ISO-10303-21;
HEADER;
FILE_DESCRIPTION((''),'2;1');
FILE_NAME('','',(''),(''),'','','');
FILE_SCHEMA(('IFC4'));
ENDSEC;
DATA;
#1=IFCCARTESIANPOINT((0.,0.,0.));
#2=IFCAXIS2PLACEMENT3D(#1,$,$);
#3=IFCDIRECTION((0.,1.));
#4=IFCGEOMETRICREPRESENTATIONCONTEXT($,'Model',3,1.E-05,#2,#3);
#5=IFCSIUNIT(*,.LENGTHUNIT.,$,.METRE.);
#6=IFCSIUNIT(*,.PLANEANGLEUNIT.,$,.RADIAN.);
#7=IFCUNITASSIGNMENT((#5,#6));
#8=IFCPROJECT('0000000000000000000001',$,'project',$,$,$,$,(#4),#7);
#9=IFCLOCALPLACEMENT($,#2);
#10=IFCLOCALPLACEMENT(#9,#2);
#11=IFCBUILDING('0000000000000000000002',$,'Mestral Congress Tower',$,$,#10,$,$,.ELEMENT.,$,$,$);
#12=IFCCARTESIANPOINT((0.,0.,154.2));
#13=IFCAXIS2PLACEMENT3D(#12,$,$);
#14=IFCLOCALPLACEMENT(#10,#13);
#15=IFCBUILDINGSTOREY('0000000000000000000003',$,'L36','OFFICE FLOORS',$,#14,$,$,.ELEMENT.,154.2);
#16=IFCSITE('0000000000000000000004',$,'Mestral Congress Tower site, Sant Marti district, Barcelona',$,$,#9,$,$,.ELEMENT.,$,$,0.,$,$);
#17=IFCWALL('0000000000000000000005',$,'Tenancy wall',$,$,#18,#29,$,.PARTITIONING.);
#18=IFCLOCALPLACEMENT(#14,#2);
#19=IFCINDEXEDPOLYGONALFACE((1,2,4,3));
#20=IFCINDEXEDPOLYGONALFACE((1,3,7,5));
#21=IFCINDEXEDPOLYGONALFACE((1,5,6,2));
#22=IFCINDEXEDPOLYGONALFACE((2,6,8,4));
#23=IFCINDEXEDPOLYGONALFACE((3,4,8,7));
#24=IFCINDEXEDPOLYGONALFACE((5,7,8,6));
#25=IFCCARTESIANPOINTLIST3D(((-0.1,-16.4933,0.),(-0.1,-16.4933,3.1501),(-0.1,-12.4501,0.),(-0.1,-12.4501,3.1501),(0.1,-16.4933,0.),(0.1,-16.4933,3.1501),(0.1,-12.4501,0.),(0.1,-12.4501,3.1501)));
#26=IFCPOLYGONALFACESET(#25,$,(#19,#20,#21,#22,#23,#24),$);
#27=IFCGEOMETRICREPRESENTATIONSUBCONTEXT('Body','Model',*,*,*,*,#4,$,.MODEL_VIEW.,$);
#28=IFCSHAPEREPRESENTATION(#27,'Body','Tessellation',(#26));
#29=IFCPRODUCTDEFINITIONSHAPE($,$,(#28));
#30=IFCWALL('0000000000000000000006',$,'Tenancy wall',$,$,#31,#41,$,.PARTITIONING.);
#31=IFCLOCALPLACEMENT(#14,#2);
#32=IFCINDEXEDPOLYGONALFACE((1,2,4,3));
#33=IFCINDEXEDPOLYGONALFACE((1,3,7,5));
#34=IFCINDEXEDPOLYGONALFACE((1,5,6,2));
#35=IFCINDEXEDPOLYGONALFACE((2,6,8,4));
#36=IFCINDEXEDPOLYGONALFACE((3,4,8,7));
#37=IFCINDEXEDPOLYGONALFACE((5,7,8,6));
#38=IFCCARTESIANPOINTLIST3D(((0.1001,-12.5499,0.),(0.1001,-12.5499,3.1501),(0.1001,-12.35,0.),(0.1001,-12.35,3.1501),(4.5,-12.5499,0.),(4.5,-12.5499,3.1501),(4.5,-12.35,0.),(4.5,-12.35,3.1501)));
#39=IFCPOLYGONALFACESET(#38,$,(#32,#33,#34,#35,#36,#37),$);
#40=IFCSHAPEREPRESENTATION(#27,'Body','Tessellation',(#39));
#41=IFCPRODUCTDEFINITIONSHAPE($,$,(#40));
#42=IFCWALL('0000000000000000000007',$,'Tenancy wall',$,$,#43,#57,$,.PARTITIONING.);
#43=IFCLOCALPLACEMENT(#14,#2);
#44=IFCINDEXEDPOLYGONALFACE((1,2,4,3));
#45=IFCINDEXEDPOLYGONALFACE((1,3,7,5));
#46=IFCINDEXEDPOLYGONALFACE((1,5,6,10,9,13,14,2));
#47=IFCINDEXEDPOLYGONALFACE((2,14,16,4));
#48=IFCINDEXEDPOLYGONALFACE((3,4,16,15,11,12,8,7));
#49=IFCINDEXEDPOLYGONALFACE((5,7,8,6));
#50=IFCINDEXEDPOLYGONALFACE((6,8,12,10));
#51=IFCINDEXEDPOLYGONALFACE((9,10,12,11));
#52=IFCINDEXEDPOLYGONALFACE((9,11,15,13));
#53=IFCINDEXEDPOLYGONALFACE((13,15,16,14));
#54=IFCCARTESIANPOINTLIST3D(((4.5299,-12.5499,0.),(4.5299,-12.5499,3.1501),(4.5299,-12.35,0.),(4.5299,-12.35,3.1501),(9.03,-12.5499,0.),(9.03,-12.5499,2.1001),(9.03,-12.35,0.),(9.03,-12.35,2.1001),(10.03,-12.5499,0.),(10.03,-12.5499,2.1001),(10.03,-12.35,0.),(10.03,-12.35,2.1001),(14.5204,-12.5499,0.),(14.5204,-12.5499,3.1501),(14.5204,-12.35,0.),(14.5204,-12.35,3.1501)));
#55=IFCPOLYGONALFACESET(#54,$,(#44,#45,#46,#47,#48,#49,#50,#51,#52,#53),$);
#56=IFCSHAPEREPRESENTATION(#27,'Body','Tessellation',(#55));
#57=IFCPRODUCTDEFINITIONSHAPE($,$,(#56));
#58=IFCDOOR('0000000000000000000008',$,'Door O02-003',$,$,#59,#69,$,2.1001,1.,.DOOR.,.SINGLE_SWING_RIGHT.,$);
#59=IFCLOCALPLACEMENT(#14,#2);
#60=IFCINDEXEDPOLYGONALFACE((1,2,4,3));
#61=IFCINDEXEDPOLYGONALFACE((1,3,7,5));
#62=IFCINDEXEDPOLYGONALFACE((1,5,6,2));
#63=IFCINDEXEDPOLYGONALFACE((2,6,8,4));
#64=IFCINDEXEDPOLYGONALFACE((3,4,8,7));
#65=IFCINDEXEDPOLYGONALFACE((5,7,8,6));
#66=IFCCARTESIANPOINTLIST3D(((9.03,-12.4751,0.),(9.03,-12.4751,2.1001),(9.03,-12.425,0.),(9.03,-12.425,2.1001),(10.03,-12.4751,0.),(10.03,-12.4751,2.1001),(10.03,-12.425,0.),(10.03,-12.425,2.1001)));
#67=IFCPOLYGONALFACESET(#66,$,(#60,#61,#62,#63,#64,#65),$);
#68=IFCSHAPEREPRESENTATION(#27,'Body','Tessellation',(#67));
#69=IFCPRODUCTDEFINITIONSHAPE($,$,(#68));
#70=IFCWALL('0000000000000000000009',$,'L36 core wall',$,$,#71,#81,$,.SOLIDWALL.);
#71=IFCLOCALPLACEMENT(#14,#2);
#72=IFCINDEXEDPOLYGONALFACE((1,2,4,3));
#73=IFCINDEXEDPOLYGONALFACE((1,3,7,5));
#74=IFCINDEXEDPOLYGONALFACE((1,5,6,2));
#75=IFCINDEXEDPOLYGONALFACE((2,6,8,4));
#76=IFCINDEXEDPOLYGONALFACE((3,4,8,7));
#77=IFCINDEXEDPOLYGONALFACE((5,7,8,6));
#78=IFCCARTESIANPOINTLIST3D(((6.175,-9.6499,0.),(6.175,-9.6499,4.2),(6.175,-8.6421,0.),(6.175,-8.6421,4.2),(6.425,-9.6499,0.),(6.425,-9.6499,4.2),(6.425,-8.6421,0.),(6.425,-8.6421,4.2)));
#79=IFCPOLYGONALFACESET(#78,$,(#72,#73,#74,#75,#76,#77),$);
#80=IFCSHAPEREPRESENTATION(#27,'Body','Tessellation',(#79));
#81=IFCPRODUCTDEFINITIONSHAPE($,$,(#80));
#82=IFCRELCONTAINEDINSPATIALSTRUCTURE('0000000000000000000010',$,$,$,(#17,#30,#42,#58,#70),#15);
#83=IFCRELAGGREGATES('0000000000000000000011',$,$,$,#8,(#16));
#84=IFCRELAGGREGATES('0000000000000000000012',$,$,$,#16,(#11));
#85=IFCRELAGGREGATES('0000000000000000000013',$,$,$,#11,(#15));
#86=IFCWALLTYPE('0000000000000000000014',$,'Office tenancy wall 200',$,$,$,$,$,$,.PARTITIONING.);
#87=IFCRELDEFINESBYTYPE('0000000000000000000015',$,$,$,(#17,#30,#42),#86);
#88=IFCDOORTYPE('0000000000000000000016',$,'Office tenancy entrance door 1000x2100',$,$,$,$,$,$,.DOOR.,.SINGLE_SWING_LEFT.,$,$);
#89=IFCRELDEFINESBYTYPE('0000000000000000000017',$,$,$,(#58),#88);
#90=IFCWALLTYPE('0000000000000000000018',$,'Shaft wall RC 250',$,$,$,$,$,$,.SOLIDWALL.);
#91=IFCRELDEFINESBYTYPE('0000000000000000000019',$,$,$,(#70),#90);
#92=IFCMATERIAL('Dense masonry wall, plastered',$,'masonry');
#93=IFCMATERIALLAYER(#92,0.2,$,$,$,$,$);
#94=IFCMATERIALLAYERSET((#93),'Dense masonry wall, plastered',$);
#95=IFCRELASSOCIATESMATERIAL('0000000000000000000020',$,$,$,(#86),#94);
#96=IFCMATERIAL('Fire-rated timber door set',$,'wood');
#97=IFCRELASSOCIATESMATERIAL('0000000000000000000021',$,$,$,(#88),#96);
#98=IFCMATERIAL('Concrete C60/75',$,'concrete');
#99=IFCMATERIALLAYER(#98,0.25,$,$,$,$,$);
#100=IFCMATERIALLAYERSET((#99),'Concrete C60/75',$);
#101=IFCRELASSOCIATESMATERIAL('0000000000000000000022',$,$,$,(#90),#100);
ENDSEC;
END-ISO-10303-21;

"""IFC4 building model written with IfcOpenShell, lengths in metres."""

from ifc_helpers import new_model, si_unit, direction, frame, frame_2d, origin, place, context, subcontext, project, spatial, rectangle, extrude, material, layer, layer_set, type_object, element, fill, save


model = new_model("IFC4")

# Units and contexts
model_context = context("Model", 3, precision=1e-05, world=origin(), true_north=direction((0.0, 1.0)))
body_context = subcontext(model_context, "Body", "Model", "MODEL_VIEW")
ifc_project = project(units=[si_unit("LENGTHUNIT", "METRE"), si_unit("PLANEANGLEUNIT", "RADIAN")], contexts=[model_context])

# Site, building, storey
site_placement = place(None, origin())
site = spatial("IfcSite", under=ifc_project, at=site_placement, Name="Mestral Congress Tower site, Sant Marti district, Barcelona", CompositionType="ELEMENT", RefElevation=0.0)
building_placement = place(site_placement, origin())
building = spatial("IfcBuilding", under=site, at=building_placement, Name="Mestral Congress Tower", CompositionType="ELEMENT")
storey_placement = place(building_placement, frame((0.0, 0.0, 154.2)))
storey = spatial("IfcBuildingStorey", under=building, at=storey_placement, Name="L36", Description="OFFICE FLOORS", CompositionType="ELEMENT", Elevation=154.2)

# Shared definitions
ifc_material_1 = material(Name="Concrete C60/75", Category="concrete")

# Walls
ifc_material_2 = material(Name="Dense masonry wall, plastered", Category="masonry")
ifc_layer_1 = layer(ifc_material_2, 0.2)
ifc_layer_set_1 = layer_set([ifc_layer_1], Name="Dense masonry wall, plastered")
wall_type_1 = type_object("IfcWallType", Name="Office tenancy wall 200", PredefinedType="PARTITIONING", material=ifc_layer_set_1)
wall_1_placement = place(storey_placement, frame((0.0, -16.4932, 0.0), z_axis=(0.0, 0.0, 1.0), x_axis=(0.0, 1.0, 0.0)))
element("IfcWall", 1, at=wall_1_placement, inside=storey, type_object=wall_type_1, Name="Tenancy wall", PredefinedType="PARTITIONING", context=body_context, shape_type="SweptSolid", body=[
    extrude(rectangle(XDim=4.0432, YDim=0.2, at=frame_2d((2.0215, 0.0))), origin(), (0.0, 0.0, 1.0), 3.1501),
])
wall_2_placement = place(storey_placement, frame((0.1001, -12.45, 0.0), z_axis=(0.0, 0.0, 1.0), x_axis=(1.0, 0.0, 0.0)))
element("IfcWall", 2, at=wall_2_placement, inside=storey, type_object=wall_type_1, Name="Tenancy wall", PredefinedType="PARTITIONING", context=body_context, shape_type="SweptSolid", body=[
    extrude(rectangle(XDim=4.3999, YDim=0.2, at=frame_2d((2.2, 0.0))), origin(), (0.0, 0.0, 1.0), 3.1501),
])

# Wall, opening, door
wall_3_placement = place(storey_placement, frame((4.53, -12.45, 0.0), z_axis=(0.0, 0.0, 1.0), x_axis=(1.0, 0.0, 0.0)))
wall_3 = element("IfcWall", 3, at=wall_3_placement, inside=storey, type_object=wall_type_1, Name="Tenancy wall", PredefinedType="PARTITIONING", context=body_context, shape_type="SweptSolid", body=[
    extrude(rectangle(XDim=9.9905, YDim=0.2, at=frame_2d((4.9951, 0.0))), origin(), (0.0, 0.0, 1.0), 3.1501),
])
opening_1_placement = place(wall_3_placement, frame((4.5, 0.0, 0.0)))
opening_1 = element("IfcOpeningElement", 4, at=opening_1_placement, cuts=wall_3, PredefinedType="OPENING", context=body_context, shape_type="SweptSolid", body=[
    extrude(rectangle(XDim=1.0, YDim=2.1001, at=frame_2d((0.5, 1.05))), frame((0.0, 0.1099, 0.0), z_axis=(0.0, -1.0, 0.0), x_axis=(1.0, 0.0, 0.0)), (0.0, 0.0, 1.0), 0.22),
])
ifc_material_3 = material(Name="Fire-rated timber door set", Category="wood")
door_type_1 = type_object("IfcDoorType", Name="Office tenancy entrance door 1000x2100", OperationType="SINGLE_SWING_LEFT", PredefinedType="DOOR", material=ifc_material_3)
door_1_placement = place(opening_1_placement, origin())
door_1 = element("IfcDoor", 5, at=door_1_placement, inside=storey, type_object=door_type_1, Name="Door O02-003", OperationType="SINGLE_SWING_RIGHT", OverallHeight=2.1001, OverallWidth=1.0, PredefinedType="DOOR", context=body_context, shape_type="SweptSolid", body=[
    extrude(rectangle(XDim=1.0, YDim=2.1001, at=frame_2d((0.5, 1.05))), frame((0.0, 0.0249, 0.0), z_axis=(0.0, -1.0, 0.0), x_axis=(1.0, 0.0, 0.0)), (0.0, 0.0, 1.0), 0.05),
])
fill(opening_1, door_1)

# Wall
ifc_layer_2 = layer(ifc_material_1, 0.25)
ifc_layer_set_2 = layer_set([ifc_layer_2], Name="Concrete C60/75")
wall_type_2 = type_object("IfcWallType", Name="Shaft wall RC 250", PredefinedType="SOLIDWALL", material=ifc_layer_set_2)
wall_4_placement = place(storey_placement, frame((6.3, -9.6499, 0.0), z_axis=(0.0, 0.0, 1.0), x_axis=(0.0, 1.0, 0.0)))
element("IfcWall", 6, at=wall_4_placement, inside=storey, type_object=wall_type_2, Name="L36 core wall", PredefinedType="SOLIDWALL", context=body_context, shape_type="SweptSolid", body=[
    extrude(rectangle(XDim=1.0078, YDim=0.25, at=frame_2d((0.5039, 0.0))), origin(), (0.0, 0.0, 1.0), 4.2),
])

save(model, "model.ifc")
